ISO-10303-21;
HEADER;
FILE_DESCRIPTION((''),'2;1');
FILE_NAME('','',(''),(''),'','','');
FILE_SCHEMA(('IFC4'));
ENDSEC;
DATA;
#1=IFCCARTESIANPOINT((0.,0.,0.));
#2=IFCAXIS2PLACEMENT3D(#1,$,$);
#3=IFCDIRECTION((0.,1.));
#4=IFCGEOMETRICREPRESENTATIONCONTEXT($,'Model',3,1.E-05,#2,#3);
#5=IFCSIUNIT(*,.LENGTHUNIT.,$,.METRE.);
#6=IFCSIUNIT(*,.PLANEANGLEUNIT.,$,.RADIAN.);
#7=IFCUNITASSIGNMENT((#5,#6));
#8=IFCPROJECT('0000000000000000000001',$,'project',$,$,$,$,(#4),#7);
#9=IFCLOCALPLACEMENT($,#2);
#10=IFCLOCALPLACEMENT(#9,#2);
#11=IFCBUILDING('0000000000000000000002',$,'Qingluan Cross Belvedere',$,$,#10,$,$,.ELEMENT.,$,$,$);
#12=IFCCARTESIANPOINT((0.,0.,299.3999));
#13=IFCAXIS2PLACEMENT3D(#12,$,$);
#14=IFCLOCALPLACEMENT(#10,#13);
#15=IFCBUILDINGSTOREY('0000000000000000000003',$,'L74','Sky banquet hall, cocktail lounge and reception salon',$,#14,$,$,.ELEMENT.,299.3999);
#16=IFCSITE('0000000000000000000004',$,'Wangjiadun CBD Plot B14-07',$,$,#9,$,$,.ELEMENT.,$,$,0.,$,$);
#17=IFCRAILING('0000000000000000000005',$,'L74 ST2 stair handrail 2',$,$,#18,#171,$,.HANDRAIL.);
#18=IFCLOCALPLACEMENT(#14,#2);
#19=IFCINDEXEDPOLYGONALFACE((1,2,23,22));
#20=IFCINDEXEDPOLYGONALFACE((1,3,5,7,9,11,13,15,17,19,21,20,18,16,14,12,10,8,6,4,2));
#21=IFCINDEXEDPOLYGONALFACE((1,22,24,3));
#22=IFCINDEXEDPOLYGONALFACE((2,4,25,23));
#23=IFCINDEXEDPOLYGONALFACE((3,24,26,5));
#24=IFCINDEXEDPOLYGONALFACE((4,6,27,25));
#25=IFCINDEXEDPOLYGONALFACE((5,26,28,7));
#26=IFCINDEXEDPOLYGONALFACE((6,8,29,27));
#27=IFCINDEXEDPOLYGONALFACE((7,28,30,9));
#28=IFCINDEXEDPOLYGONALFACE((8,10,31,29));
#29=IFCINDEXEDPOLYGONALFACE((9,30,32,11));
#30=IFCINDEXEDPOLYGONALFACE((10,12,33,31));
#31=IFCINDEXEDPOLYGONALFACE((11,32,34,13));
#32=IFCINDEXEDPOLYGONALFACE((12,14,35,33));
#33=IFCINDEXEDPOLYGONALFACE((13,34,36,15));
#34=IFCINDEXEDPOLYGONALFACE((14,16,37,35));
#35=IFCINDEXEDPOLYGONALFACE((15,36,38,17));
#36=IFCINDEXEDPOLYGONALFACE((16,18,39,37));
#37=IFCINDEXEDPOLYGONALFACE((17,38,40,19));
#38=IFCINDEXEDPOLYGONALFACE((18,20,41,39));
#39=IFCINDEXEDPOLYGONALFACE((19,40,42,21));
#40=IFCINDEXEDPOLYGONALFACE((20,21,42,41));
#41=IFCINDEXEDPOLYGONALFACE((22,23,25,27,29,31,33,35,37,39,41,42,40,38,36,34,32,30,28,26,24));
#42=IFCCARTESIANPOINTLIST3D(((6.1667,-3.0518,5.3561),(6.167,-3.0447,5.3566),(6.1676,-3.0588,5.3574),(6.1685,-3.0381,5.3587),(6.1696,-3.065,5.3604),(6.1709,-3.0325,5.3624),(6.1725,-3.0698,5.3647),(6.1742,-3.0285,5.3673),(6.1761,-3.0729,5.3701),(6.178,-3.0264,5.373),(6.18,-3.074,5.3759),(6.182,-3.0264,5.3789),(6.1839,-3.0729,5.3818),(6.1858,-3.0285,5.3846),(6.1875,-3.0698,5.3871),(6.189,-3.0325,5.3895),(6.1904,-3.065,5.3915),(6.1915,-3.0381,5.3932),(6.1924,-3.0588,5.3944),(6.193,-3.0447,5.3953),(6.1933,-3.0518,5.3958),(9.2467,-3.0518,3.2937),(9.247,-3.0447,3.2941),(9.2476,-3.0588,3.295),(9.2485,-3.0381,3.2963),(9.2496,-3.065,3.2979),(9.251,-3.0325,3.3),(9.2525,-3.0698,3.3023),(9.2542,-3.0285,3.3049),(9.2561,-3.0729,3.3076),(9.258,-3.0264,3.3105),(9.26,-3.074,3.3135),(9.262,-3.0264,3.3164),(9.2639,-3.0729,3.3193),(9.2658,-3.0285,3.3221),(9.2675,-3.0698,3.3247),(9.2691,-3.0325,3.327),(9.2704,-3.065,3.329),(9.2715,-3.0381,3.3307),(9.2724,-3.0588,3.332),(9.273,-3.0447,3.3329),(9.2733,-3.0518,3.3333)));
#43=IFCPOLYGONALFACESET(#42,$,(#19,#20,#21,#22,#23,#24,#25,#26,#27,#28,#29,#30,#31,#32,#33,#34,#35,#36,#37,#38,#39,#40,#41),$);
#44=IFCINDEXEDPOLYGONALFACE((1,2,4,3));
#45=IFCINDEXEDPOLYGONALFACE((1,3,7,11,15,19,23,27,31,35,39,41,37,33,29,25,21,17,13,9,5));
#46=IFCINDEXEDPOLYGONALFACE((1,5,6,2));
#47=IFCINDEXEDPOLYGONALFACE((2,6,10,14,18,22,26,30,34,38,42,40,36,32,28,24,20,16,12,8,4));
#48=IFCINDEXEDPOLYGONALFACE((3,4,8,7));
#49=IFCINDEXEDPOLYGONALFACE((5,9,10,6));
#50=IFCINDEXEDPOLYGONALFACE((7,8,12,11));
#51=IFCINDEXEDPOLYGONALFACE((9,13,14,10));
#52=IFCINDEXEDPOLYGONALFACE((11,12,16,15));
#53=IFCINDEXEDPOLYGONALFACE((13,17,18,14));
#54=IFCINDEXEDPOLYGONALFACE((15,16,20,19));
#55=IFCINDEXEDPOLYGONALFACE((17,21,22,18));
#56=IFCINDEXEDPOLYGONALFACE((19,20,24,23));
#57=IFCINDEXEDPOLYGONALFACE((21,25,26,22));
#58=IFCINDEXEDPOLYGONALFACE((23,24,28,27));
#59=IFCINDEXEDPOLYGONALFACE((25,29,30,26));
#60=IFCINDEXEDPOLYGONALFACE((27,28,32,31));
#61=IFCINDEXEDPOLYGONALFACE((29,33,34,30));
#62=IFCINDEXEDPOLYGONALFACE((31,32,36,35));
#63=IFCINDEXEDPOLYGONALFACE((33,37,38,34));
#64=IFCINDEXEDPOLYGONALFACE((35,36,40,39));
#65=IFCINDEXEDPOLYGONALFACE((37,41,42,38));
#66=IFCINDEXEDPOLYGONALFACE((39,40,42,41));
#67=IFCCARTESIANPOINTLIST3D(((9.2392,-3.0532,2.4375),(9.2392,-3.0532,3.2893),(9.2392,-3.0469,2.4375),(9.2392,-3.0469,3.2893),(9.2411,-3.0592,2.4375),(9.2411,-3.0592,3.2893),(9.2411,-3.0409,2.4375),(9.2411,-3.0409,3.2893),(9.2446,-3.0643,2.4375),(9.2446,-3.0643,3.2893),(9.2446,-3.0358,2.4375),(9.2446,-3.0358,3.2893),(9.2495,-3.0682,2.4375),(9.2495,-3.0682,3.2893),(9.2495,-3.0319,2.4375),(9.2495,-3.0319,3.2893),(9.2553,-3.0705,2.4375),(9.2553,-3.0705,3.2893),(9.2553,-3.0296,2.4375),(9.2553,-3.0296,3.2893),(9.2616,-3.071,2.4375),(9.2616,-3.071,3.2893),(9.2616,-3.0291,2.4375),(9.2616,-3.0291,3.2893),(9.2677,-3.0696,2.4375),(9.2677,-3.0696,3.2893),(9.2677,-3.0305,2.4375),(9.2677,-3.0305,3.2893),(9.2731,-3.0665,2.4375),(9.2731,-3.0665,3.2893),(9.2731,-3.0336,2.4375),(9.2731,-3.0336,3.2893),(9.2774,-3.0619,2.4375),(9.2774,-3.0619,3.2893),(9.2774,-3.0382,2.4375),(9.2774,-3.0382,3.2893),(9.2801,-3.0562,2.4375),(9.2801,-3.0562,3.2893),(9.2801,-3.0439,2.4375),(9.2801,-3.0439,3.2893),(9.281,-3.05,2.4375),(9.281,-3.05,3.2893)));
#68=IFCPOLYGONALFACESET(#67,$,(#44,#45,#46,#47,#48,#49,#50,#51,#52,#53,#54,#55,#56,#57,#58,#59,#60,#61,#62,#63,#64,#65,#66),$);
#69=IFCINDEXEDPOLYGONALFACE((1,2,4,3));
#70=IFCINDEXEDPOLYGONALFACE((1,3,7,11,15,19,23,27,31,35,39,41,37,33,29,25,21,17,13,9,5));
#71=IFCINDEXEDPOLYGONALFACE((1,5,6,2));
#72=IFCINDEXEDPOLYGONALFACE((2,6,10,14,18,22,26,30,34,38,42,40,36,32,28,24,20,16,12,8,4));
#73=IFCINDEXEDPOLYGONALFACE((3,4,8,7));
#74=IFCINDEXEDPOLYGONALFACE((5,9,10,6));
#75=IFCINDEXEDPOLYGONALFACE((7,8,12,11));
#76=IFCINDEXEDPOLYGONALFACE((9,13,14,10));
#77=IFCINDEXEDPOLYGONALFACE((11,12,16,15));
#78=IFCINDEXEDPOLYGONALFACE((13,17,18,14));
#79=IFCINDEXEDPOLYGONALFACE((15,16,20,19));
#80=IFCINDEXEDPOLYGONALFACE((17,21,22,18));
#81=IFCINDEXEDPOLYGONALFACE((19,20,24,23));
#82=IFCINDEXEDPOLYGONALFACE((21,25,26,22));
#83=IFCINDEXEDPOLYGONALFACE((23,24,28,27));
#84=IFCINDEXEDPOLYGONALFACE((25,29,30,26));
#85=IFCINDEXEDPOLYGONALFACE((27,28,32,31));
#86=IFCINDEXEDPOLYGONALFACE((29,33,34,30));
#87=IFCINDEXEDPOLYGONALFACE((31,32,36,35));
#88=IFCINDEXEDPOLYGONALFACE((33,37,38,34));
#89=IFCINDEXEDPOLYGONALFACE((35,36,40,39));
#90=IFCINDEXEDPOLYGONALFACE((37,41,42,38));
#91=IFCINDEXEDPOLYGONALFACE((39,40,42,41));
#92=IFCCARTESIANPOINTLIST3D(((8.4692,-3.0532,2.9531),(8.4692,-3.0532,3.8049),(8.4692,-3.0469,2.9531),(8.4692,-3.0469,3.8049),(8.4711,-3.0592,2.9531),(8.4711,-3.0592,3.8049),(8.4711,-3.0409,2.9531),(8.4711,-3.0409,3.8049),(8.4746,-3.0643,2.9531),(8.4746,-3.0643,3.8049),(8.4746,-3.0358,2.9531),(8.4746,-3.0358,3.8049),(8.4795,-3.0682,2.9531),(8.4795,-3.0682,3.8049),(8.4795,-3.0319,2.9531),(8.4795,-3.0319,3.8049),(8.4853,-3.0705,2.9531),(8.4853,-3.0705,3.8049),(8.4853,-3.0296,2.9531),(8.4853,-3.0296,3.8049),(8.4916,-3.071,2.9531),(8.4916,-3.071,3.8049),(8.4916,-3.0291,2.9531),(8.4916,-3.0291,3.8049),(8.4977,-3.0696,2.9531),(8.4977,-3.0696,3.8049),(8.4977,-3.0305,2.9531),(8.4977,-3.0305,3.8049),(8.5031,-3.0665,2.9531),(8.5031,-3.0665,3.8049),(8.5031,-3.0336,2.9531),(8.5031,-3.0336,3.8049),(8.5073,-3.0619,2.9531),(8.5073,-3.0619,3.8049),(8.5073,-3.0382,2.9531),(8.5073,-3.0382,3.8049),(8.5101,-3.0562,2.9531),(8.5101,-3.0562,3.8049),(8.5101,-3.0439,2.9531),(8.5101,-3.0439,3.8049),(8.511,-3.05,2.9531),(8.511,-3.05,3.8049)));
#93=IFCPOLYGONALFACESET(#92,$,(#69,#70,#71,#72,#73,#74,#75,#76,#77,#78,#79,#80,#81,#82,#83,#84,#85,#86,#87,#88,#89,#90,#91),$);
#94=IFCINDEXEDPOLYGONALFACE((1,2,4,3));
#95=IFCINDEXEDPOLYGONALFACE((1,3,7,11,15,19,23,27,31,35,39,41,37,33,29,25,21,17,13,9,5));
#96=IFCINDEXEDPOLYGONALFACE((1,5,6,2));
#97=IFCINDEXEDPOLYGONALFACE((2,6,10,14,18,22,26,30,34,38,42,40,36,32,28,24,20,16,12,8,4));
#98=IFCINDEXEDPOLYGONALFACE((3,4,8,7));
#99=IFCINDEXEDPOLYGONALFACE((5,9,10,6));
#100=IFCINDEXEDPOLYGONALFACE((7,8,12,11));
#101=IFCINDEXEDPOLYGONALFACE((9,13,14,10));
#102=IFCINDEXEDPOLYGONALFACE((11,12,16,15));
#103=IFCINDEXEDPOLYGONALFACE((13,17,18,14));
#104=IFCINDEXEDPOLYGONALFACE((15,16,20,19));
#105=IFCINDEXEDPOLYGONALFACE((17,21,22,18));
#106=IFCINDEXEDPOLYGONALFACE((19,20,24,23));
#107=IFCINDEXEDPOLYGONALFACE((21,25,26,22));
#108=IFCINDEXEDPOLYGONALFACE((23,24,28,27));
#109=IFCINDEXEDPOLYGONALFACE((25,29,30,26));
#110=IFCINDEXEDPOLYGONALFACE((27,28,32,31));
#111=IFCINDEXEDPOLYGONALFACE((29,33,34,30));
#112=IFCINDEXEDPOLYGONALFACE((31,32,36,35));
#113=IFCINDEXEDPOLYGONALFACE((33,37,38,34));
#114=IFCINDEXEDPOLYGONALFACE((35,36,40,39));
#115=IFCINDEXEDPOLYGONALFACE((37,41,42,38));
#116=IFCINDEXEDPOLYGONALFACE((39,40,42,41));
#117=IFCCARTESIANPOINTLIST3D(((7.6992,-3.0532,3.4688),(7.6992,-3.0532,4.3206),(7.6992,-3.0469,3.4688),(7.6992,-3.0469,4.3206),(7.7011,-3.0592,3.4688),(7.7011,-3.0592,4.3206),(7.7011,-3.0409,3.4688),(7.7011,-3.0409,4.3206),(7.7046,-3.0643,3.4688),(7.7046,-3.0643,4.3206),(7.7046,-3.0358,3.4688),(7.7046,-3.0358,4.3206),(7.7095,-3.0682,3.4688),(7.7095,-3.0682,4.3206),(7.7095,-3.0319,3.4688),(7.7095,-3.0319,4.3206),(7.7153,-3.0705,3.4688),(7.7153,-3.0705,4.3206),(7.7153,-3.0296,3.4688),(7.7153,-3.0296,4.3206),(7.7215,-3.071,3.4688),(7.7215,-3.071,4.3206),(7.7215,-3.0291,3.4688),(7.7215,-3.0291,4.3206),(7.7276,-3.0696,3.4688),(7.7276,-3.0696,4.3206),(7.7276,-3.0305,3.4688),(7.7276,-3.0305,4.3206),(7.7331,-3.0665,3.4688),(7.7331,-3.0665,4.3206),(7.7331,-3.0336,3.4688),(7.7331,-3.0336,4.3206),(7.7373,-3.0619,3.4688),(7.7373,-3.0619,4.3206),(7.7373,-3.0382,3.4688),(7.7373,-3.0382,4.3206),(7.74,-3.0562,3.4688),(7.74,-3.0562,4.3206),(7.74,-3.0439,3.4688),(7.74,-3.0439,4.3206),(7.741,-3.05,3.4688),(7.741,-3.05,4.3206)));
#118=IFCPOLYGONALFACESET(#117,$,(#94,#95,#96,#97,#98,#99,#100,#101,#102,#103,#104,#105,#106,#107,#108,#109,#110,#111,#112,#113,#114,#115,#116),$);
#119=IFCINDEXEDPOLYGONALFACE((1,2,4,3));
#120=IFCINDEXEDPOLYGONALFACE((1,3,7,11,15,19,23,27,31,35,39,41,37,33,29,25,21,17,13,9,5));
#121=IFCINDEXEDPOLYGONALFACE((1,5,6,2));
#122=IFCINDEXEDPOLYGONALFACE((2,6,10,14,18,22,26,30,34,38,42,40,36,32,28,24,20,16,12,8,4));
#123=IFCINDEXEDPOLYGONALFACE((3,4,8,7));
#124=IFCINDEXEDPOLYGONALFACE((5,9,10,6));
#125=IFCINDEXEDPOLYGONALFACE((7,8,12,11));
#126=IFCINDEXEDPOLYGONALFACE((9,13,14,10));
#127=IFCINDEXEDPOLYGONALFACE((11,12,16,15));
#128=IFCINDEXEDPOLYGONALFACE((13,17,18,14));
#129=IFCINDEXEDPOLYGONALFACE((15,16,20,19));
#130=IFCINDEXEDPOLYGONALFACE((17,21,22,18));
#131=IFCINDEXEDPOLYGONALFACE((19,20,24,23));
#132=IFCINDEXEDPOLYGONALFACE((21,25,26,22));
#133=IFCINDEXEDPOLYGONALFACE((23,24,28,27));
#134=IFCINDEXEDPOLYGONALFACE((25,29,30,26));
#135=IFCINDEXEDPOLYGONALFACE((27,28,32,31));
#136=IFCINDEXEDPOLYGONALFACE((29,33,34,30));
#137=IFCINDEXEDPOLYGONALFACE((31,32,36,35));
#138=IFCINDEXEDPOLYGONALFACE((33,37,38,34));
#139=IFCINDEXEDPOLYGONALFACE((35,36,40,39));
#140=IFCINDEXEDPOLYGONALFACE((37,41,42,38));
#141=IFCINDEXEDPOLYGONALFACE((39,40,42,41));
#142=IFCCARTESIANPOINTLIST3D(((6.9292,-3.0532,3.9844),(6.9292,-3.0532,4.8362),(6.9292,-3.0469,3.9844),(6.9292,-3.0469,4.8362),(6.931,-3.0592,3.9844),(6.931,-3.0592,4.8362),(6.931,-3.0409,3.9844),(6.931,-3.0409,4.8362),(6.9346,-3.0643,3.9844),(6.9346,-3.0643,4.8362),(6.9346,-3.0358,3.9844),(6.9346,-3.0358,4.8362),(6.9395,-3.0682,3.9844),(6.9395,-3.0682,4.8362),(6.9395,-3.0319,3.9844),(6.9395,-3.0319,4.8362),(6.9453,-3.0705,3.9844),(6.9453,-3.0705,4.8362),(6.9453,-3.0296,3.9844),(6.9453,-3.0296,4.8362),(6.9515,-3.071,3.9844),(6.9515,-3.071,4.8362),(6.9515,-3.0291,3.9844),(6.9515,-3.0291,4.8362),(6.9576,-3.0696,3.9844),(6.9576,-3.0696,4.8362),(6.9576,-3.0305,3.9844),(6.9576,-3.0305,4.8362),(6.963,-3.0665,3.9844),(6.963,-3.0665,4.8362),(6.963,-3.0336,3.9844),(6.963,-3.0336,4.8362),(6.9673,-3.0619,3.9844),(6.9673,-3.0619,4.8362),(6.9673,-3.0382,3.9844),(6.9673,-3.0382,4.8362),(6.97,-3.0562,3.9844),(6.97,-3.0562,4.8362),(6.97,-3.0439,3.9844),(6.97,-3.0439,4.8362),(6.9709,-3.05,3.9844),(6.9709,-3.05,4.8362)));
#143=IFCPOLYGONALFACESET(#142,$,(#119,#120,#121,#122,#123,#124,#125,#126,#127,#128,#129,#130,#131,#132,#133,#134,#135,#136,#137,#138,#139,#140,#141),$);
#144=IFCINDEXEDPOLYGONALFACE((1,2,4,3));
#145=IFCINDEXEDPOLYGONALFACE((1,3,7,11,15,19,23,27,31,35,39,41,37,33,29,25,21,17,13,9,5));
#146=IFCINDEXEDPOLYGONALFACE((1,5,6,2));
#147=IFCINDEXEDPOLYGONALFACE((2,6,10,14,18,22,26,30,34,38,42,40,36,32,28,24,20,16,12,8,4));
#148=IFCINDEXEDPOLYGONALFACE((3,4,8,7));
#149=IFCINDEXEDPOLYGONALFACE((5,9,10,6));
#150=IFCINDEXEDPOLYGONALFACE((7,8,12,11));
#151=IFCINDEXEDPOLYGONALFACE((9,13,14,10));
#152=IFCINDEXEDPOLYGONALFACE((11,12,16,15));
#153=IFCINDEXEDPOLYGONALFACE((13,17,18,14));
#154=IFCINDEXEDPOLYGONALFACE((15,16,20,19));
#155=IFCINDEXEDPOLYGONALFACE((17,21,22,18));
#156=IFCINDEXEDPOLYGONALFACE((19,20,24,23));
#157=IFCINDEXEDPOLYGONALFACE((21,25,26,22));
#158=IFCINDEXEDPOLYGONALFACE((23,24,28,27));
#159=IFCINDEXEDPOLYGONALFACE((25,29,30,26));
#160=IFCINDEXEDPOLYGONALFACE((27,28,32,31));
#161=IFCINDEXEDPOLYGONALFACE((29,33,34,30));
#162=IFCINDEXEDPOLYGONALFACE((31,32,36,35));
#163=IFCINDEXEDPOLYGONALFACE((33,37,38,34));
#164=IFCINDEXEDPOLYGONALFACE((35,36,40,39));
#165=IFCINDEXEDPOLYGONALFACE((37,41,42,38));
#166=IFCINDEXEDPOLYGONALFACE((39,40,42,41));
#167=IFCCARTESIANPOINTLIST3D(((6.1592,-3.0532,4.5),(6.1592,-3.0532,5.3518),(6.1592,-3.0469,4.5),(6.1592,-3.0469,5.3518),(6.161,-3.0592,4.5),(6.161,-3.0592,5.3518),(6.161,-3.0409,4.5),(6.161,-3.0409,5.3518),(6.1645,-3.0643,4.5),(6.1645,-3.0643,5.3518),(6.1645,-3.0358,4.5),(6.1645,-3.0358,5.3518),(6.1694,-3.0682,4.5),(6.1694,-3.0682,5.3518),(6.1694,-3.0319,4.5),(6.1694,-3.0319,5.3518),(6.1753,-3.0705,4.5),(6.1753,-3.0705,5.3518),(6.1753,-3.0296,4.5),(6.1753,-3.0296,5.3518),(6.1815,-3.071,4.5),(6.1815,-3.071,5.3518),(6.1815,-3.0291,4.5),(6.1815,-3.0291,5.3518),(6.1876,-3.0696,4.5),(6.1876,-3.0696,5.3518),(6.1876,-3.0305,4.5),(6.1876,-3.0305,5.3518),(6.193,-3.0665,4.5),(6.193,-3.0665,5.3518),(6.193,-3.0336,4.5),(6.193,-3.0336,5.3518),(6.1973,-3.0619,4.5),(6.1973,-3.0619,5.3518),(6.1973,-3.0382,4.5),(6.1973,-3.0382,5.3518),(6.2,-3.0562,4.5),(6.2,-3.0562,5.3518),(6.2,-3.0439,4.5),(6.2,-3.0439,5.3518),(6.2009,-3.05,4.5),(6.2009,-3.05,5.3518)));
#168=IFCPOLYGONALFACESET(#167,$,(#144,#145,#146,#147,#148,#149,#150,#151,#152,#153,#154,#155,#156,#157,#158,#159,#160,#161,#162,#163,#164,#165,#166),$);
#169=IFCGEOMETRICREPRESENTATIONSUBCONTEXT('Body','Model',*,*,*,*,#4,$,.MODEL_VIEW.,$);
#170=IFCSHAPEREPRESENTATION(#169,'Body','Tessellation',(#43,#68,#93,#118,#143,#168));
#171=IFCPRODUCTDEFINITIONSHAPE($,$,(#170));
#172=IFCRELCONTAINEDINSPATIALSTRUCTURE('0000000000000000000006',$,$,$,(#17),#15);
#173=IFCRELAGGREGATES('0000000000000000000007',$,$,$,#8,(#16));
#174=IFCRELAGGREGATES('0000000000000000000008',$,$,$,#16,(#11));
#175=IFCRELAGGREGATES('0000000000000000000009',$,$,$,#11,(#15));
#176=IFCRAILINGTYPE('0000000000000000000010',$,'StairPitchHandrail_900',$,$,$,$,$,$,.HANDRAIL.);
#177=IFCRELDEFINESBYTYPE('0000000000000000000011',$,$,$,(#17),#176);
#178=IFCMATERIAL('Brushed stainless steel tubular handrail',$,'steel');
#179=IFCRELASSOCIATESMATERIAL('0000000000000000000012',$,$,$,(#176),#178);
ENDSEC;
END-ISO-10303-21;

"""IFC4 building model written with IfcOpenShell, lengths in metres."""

from ifc_helpers import new_model, si_unit, direction, frame, origin, origin_2d, place, context, subcontext, project, spatial, circle, extrude, material, type_object, element, save


model = new_model("IFC4")

# Units and contexts
model_context = context("Model", 3, precision=1e-05, world=origin(), true_north=direction((0.0, 1.0)))
body_context = subcontext(model_context, "Body", "Model", "MODEL_VIEW")
ifc_project = project(units=[si_unit("LENGTHUNIT", "METRE"), si_unit("PLANEANGLEUNIT", "RADIAN")], contexts=[model_context])

# Site, building, storey
site_placement = place(None, origin())
site = spatial("IfcSite", under=ifc_project, at=site_placement, Name="Wangjiadun CBD Plot B14-07", CompositionType="ELEMENT", RefElevation=0.0)
building_placement = place(site_placement, origin())
building = spatial("IfcBuilding", under=site, at=building_placement, Name="Qingluan Cross Belvedere", CompositionType="ELEMENT")
storey_placement = place(building_placement, frame((0.0, 0.0, 299.3999)))
storey = spatial("IfcBuildingStorey", under=building, at=storey_placement, Name="L74", Description="Sky banquet hall, cocktail lounge and reception salon", CompositionType="ELEMENT", Elevation=299.3999)

# Railing
ifc_material_1 = material(Name="Brushed stainless steel tubular handrail", Category="steel")
railing_type_1 = type_object("IfcRailingType", Name="StairPitchHandrail_900", PredefinedType="HANDRAIL", material=ifc_material_1)
railing_1_placement = place(storey_placement, frame((9.26, -3.05, 2.4375)))
element("IfcRailing", 1, at=railing_1_placement, inside=storey, type_object=railing_type_1, Name="L74 ST2 stair handrail 2", PredefinedType="HANDRAIL", context=body_context, shape_type="SweptSolid", body=[
    extrude(circle(Radius=0.0239, at=origin_2d()), frame((0.0, 0.0, 0.876), z_axis=(-0.830914, 0.0, 0.556401), x_axis=(0.0, -1.0, 0.0)), (0.0, 0.0, 1.0), 3.7068),
    extrude(circle(Radius=0.021, at=origin_2d()), origin(), (0.0, 0.0, 1.0), 0.8518),
    extrude(circle(Radius=0.021, at=origin_2d()), frame((-0.77, 0.0, 0.5156)), (0.0, 0.0, 1.0), 0.8518),
    extrude(circle(Radius=0.021, at=origin_2d()), frame((-1.54, 0.0, 1.0312)), (0.0, 0.0, 1.0), 0.8518),
    extrude(circle(Radius=0.021, at=origin_2d()), frame((-2.3101, 0.0, 1.5469)), (0.0, 0.0, 1.0), 0.8518),
    extrude(circle(Radius=0.021, at=origin_2d()), frame((-3.0801, 0.0, 2.0625)), (0.0, 0.0, 1.0), 0.8518),
])

save(model, "model.ifc")
